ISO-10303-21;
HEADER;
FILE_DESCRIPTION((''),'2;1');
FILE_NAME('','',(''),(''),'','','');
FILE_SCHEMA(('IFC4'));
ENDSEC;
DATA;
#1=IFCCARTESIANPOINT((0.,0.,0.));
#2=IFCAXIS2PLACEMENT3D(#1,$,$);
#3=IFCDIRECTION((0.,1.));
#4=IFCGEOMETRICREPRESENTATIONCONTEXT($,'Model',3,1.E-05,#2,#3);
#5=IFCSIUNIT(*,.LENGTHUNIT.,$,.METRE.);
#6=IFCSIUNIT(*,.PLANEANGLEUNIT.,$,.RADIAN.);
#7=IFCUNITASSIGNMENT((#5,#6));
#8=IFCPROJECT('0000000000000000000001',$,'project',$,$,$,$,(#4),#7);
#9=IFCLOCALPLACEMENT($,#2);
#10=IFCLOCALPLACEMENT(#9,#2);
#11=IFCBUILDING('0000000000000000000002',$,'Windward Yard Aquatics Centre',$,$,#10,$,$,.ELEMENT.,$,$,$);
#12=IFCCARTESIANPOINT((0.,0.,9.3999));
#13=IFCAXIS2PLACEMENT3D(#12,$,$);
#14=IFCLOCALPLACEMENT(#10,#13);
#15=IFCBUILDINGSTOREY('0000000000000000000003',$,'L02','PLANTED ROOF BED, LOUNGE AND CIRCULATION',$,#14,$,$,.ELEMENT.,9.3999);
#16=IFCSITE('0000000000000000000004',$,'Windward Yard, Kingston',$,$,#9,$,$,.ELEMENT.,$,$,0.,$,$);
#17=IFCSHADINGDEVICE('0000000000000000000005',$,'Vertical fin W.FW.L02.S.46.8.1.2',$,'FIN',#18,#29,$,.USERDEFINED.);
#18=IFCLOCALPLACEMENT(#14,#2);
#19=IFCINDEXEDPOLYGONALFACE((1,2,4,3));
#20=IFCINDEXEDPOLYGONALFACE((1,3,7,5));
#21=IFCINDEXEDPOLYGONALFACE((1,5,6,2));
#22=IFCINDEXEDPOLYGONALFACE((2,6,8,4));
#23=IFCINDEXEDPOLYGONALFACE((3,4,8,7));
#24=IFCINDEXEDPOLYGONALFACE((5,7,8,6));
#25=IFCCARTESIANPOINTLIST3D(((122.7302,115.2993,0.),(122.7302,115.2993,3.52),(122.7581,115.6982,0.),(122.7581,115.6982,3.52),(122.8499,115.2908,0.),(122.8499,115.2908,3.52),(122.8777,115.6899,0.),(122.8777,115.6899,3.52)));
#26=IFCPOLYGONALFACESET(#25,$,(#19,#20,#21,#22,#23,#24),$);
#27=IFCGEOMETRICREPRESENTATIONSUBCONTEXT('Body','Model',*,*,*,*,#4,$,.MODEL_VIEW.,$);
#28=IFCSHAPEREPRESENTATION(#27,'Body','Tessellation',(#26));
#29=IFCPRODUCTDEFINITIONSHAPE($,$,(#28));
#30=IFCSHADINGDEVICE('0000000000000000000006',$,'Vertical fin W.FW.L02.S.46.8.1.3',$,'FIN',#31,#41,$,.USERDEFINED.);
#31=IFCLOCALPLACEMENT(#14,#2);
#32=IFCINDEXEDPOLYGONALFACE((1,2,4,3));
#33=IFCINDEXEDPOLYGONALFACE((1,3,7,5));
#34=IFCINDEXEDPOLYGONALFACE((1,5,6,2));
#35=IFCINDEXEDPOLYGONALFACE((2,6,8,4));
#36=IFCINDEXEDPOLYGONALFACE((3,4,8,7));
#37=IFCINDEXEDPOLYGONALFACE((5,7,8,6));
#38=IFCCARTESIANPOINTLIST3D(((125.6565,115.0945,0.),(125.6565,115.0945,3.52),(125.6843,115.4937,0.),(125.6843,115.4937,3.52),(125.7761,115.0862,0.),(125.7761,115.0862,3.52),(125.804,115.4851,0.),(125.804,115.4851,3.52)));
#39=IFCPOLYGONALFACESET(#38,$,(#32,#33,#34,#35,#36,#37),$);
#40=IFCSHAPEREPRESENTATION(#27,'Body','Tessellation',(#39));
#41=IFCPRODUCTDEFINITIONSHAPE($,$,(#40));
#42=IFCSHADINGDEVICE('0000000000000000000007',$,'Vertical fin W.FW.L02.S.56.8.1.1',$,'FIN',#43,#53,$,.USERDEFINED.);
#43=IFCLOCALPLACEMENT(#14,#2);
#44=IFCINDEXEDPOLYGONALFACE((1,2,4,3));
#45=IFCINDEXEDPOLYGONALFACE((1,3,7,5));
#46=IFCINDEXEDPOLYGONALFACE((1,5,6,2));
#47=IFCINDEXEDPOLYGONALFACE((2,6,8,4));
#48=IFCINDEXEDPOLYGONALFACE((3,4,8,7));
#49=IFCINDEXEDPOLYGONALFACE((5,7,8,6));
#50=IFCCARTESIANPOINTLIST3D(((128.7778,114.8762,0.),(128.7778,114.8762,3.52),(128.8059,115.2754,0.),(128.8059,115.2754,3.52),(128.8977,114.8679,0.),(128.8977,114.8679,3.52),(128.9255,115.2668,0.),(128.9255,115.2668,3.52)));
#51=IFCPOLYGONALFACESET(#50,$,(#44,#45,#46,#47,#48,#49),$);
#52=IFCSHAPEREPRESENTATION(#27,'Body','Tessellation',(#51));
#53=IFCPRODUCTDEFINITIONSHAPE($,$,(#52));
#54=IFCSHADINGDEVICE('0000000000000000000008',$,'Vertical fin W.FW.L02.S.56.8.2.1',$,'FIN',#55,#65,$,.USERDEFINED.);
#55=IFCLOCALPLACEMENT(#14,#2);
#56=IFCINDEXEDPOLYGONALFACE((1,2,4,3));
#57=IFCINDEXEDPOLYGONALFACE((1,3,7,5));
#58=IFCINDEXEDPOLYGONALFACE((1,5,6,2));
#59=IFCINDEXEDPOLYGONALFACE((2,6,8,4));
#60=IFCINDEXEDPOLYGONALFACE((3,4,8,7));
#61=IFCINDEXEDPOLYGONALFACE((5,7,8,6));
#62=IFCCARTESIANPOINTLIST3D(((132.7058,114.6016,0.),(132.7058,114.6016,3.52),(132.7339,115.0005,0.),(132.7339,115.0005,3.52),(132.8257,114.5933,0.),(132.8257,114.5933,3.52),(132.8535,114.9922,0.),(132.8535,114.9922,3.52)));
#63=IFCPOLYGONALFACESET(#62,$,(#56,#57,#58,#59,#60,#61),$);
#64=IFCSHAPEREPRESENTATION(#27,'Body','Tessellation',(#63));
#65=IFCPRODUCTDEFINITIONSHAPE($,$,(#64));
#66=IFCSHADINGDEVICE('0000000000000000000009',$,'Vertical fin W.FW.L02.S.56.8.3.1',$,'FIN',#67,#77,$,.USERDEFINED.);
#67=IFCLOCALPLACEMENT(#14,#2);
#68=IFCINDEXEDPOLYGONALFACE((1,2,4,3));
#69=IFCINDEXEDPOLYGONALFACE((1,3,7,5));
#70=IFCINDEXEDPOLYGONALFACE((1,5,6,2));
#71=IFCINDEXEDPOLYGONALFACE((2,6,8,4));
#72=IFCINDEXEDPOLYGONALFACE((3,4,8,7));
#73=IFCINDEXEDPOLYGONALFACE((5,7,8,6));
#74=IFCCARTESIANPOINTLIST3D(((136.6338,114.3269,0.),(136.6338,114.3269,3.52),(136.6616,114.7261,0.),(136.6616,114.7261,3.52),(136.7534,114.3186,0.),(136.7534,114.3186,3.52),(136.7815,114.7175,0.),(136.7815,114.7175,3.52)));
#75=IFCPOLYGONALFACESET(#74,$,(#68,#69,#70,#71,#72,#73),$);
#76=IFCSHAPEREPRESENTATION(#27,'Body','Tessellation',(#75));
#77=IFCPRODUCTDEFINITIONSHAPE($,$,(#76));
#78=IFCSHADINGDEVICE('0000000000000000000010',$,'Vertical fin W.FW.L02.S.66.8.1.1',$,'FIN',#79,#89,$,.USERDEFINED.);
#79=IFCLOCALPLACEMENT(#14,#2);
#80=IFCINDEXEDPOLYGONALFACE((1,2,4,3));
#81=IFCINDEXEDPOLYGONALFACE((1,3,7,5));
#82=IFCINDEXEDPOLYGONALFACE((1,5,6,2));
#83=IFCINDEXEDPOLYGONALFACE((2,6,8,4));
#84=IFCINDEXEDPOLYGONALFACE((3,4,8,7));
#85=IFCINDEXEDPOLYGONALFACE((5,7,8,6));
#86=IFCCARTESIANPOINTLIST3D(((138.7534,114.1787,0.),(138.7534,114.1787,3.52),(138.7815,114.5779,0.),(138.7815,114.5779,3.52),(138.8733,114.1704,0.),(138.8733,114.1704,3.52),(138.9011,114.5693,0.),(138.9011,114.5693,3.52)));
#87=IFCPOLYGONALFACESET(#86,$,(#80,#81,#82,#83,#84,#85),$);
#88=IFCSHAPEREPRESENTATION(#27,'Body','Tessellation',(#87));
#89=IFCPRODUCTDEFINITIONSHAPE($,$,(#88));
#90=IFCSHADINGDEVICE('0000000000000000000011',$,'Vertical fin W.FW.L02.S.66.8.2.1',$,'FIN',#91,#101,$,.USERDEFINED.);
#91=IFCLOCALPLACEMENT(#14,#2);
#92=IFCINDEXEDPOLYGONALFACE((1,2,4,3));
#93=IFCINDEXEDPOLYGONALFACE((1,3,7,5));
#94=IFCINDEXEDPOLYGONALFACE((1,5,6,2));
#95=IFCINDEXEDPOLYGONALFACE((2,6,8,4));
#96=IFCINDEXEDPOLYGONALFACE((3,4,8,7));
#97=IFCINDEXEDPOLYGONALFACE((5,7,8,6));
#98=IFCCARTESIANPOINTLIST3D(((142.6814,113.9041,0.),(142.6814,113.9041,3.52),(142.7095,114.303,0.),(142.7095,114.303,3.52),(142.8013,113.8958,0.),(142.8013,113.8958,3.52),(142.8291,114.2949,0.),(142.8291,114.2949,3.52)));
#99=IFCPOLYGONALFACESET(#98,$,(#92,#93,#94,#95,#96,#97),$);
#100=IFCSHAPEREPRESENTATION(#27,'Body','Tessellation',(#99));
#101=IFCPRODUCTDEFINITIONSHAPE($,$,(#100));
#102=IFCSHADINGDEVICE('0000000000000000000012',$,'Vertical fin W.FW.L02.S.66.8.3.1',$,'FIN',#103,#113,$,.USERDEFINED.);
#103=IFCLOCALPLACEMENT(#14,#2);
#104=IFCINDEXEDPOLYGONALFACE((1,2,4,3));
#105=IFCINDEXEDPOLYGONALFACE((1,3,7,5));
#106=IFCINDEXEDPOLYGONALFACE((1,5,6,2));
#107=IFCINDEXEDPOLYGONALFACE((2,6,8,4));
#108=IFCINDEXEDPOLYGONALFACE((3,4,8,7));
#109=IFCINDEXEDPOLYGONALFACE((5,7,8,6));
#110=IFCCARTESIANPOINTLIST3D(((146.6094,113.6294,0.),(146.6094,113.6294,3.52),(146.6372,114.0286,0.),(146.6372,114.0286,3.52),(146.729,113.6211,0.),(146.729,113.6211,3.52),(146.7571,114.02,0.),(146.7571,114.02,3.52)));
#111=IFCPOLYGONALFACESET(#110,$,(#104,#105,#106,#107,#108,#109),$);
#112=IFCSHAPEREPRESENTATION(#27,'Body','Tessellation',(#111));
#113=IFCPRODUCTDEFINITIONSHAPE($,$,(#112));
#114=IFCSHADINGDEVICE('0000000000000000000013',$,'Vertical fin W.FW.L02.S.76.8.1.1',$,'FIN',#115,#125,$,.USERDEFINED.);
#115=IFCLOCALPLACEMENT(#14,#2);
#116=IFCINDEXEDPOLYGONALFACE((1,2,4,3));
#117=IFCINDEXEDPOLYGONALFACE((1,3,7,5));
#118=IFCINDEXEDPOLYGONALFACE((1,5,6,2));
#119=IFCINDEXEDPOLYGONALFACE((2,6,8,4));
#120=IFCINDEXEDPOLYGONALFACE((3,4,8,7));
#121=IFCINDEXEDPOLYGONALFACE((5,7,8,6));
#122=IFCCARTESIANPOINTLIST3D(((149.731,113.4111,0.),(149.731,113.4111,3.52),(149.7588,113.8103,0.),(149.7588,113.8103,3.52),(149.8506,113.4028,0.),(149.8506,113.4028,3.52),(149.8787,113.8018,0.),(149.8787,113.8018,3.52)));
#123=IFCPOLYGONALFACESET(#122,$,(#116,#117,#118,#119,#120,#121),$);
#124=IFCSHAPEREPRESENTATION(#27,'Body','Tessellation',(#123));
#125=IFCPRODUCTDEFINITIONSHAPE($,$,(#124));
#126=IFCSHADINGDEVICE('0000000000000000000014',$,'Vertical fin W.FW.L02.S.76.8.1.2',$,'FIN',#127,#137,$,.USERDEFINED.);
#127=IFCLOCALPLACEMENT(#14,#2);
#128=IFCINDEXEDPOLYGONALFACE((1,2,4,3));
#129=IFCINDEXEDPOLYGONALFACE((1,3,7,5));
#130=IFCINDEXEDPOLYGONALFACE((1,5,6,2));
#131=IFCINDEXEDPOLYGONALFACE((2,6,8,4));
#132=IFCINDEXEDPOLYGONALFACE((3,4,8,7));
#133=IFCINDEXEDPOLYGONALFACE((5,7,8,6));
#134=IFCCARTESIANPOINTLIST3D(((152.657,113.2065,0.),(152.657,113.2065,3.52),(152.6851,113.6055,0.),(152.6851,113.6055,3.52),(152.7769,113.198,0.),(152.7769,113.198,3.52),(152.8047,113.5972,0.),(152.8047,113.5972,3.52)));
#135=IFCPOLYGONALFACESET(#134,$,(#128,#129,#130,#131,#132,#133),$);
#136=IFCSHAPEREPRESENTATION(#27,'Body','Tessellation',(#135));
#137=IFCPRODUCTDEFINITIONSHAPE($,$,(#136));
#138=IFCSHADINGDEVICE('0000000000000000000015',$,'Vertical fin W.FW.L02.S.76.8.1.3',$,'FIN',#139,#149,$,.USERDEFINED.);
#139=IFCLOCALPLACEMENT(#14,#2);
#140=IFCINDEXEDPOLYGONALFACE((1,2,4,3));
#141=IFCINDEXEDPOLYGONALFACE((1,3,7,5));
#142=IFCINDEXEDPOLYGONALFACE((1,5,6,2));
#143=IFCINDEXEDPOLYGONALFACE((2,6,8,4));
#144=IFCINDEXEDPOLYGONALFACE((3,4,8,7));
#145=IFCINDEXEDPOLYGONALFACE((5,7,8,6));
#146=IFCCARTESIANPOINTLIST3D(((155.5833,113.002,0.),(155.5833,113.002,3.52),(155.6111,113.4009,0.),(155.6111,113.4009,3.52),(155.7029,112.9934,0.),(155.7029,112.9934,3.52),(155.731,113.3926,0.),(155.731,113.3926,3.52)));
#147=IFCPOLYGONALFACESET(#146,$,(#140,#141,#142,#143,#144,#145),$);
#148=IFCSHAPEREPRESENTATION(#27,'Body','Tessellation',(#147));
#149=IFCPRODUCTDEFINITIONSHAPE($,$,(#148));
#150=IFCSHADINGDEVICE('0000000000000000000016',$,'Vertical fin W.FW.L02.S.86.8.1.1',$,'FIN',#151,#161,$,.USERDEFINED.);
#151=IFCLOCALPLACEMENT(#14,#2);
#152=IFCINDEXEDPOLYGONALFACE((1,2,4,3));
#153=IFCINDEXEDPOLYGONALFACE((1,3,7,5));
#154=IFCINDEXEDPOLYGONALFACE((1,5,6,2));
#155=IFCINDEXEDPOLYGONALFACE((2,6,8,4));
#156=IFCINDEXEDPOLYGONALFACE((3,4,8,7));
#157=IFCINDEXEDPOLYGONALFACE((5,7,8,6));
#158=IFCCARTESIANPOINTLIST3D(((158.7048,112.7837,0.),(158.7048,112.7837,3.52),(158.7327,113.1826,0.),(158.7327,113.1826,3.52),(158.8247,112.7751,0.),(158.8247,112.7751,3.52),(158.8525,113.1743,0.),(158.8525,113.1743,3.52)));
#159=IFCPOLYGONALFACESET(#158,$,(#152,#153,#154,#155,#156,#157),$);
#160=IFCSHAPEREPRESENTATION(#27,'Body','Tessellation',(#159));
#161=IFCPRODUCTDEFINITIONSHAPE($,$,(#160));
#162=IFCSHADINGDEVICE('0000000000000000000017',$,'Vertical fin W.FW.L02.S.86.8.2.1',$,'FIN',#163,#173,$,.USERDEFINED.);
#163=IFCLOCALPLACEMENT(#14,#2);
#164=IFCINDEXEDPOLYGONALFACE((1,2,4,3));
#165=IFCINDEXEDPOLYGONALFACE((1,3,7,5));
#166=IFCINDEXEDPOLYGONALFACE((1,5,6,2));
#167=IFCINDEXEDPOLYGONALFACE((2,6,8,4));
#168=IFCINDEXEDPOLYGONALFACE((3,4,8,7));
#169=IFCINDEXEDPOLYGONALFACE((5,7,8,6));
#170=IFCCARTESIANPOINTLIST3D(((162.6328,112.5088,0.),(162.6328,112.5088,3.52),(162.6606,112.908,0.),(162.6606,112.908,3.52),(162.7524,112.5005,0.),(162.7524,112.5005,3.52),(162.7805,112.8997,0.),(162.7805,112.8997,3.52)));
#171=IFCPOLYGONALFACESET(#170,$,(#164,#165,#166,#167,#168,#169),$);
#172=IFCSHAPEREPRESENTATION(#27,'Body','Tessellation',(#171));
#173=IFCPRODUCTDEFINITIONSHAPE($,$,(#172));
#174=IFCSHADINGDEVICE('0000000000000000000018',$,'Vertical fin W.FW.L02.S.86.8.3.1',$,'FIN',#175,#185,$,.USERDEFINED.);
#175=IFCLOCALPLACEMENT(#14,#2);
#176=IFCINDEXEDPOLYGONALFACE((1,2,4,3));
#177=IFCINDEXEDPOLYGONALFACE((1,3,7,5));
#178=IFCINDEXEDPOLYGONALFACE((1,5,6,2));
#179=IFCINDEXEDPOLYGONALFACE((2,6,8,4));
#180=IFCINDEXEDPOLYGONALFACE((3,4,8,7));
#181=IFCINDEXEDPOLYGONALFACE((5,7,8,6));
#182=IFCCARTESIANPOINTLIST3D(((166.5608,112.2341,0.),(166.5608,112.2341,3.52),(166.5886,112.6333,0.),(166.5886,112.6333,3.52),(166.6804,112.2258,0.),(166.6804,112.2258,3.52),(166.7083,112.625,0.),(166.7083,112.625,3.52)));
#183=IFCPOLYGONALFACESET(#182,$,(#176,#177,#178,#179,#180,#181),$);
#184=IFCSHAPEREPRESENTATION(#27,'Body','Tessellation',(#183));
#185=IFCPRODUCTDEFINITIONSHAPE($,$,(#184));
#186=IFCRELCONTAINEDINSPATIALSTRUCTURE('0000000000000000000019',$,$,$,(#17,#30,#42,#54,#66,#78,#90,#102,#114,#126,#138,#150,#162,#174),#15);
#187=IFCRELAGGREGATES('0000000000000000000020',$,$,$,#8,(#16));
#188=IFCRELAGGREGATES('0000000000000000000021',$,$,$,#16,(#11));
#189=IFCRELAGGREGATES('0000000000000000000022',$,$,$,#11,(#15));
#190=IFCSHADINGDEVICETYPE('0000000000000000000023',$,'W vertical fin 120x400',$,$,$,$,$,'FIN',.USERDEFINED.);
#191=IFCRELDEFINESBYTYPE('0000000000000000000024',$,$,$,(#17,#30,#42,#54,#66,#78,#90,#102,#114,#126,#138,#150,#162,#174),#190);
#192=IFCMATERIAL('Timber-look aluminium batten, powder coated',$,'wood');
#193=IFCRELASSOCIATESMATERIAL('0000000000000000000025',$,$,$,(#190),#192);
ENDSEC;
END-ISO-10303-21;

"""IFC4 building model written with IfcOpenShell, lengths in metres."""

from ifc_helpers import new_model, si_unit, direction, frame, origin, place, context, subcontext, project, spatial, polyline, outline, extrude, material, type_object, element, save


model = new_model("IFC4")

# Units and contexts
model_context = context("Model", 3, precision=1e-05, world=origin(), true_north=direction((0.0, 1.0)))
body_context = subcontext(model_context, "Body", "Model", "MODEL_VIEW")
ifc_project = project(units=[si_unit("LENGTHUNIT", "METRE"), si_unit("PLANEANGLEUNIT", "RADIAN")], contexts=[model_context])

# Site, building, storey
site_placement = place(None, origin())
site = spatial("IfcSite", under=ifc_project, at=site_placement, Name="Windward Yard, Kingston", CompositionType="ELEMENT", RefElevation=0.0)
building_placement = place(site_placement, origin())
building = spatial("IfcBuilding", under=site, at=building_placement, Name="Windward Yard Aquatics Centre", CompositionType="ELEMENT")
storey_placement = place(building_placement, frame((0.0, 0.0, 9.3999)))
storey = spatial("IfcBuildingStorey", under=building, at=storey_placement, Name="L02", Description="PLANTED ROOF BED, LOUNGE AND CIRCULATION", CompositionType="ELEMENT", Elevation=9.3999)

# Shading devices
ifc_material_1 = material(Name="Timber-look aluminium batten, powder coated", Category="wood")
shading_device_type = type_object("IfcShadingDeviceType", Name="W vertical fin 120x400", ElementType="FIN", PredefinedType="USERDEFINED", material=ifc_material_1)
shading_device_1_placement = place(storey_placement, origin())
element("IfcShadingDevice", 1, at=shading_device_1_placement, inside=storey, type_object=shading_device_type, Name="Vertical fin W.FW.L02.S.46.8.1.2", ObjectType="FIN", PredefinedType="USERDEFINED", context=body_context, shape_type="SweptSolid", body=[
    extrude(outline(polyline([(122.7302, 115.2993), (122.7581, 115.6982), (122.8777, 115.6899), (122.8499, 115.2908), (122.7302, 115.2993)])), origin(), (0.0, 0.0, 1.0), 3.52),
])
shading_device_2_placement = place(storey_placement, origin())
element("IfcShadingDevice", 2, at=shading_device_2_placement, inside=storey, type_object=shading_device_type, Name="Vertical fin W.FW.L02.S.46.8.1.3", ObjectType="FIN", PredefinedType="USERDEFINED", context=body_context, shape_type="SweptSolid", body=[
    extrude(outline(polyline([(125.6565, 115.0945), (125.6843, 115.4937), (125.804, 115.4851), (125.7761, 115.0862), (125.6565, 115.0945)])), origin(), (0.0, 0.0, 1.0), 3.52),
])
shading_device_3_placement = place(storey_placement, origin())
element("IfcShadingDevice", 3, at=shading_device_3_placement, inside=storey, type_object=shading_device_type, Name="Vertical fin W.FW.L02.S.56.8.1.1", ObjectType="FIN", PredefinedType="USERDEFINED", context=body_context, shape_type="SweptSolid", body=[
    extrude(outline(polyline([(128.7778, 114.8762), (128.8059, 115.2754), (128.9255, 115.2668), (128.8977, 114.8679), (128.7778, 114.8762)])), origin(), (0.0, 0.0, 1.0), 3.52),
])
shading_device_4_placement = place(storey_placement, origin())
element("IfcShadingDevice", 4, at=shading_device_4_placement, inside=storey, type_object=shading_device_type, Name="Vertical fin W.FW.L02.S.56.8.2.1", ObjectType="FIN", PredefinedType="USERDEFINED", context=body_context, shape_type="SweptSolid", body=[
    extrude(outline(polyline([(132.7058, 114.6016), (132.7339, 115.0005), (132.8535, 114.9922), (132.8257, 114.5933), (132.7058, 114.6016)])), origin(), (0.0, 0.0, 1.0), 3.52),
])
shading_device_5_placement = place(storey_placement, origin())
element("IfcShadingDevice", 5, at=shading_device_5_placement, inside=storey, type_object=shading_device_type, Name="Vertical fin W.FW.L02.S.56.8.3.1", ObjectType="FIN", PredefinedType="USERDEFINED", context=body_context, shape_type="SweptSolid", body=[
    extrude(outline(polyline([(136.6338, 114.3269), (136.6616, 114.7261), (136.7815, 114.7175), (136.7534, 114.3186), (136.6338, 114.3269)])), origin(), (0.0, 0.0, 1.0), 3.52),
])
shading_device_6_placement = place(storey_placement, origin())
element("IfcShadingDevice", 6, at=shading_device_6_placement, inside=storey, type_object=shading_device_type, Name="Vertical fin W.FW.L02.S.66.8.1.1", ObjectType="FIN", PredefinedType="USERDEFINED", context=body_context, shape_type="SweptSolid", body=[
    extrude(outline(polyline([(138.7534, 114.1787), (138.7815, 114.5779), (138.9011, 114.5693), (138.8733, 114.1704), (138.7534, 114.1787)])), origin(), (0.0, 0.0, 1.0), 3.52),
])
shading_device_7_placement = place(storey_placement, origin())
element("IfcShadingDevice", 7, at=shading_device_7_placement, inside=storey, type_object=shading_device_type, Name="Vertical fin W.FW.L02.S.66.8.2.1", ObjectType="FIN", PredefinedType="USERDEFINED", context=body_context, shape_type="SweptSolid", body=[
    extrude(outline(polyline([(142.6814, 113.9041), (142.7095, 114.303), (142.8291, 114.2949), (142.8013, 113.8958), (142.6814, 113.9041)])), origin(), (0.0, 0.0, 1.0), 3.52),
])
shading_device_8_placement = place(storey_placement, origin())
element("IfcShadingDevice", 8, at=shading_device_8_placement, inside=storey, type_object=shading_device_type, Name="Vertical fin W.FW.L02.S.66.8.3.1", ObjectType="FIN", PredefinedType="USERDEFINED", context=body_context, shape_type="SweptSolid", body=[
    extrude(outline(polyline([(146.6094, 113.6294), (146.6372, 114.0286), (146.7571, 114.02), (146.729, 113.6211), (146.6094, 113.6294)])), origin(), (0.0, 0.0, 1.0), 3.52),
])
shading_device_9_placement = place(storey_placement, origin())
element("IfcShadingDevice", 9, at=shading_device_9_placement, inside=storey, type_object=shading_device_type, Name="Vertical fin W.FW.L02.S.76.8.1.1", ObjectType="FIN", PredefinedType="USERDEFINED", context=body_context, shape_type="SweptSolid", body=[
    extrude(outline(polyline([(149.731, 113.4111), (149.7588, 113.8103), (149.8787, 113.8018), (149.8506, 113.4028), (149.731, 113.4111)])), origin(), (0.0, 0.0, 1.0), 3.52),
])
shading_device_10_placement = place(storey_placement, origin())
element("IfcShadingDevice", 10, at=shading_device_10_placement, inside=storey, type_object=shading_device_type, Name="Vertical fin W.FW.L02.S.76.8.1.2", ObjectType="FIN", PredefinedType="USERDEFINED", context=body_context, shape_type="SweptSolid", body=[
    extrude(outline(polyline([(152.657, 113.2065), (152.6851, 113.6055), (152.8047, 113.5972), (152.7769, 113.198), (152.657, 113.2065)])), origin(), (0.0, 0.0, 1.0), 3.52),
])
shading_device_11_placement = place(storey_placement, origin())
element("IfcShadingDevice", 11, at=shading_device_11_placement, inside=storey, type_object=shading_device_type, Name="Vertical fin W.FW.L02.S.76.8.1.3", ObjectType="FIN", PredefinedType="USERDEFINED", context=body_context, shape_type="SweptSolid", body=[
    extrude(outline(polyline([(155.5833, 113.002), (155.6111, 113.4009), (155.731, 113.3926), (155.7029, 112.9934), (155.5833, 113.002)])), origin(), (0.0, 0.0, 1.0), 3.52),
])
shading_device_12_placement = place(storey_placement, origin())
element("IfcShadingDevice", 12, at=shading_device_12_placement, inside=storey, type_object=shading_device_type, Name="Vertical fin W.FW.L02.S.86.8.1.1", ObjectType="FIN", PredefinedType="USERDEFINED", context=body_context, shape_type="SweptSolid", body=[
    extrude(outline(polyline([(158.7048, 112.7837), (158.7327, 113.1826), (158.8525, 113.1743), (158.8247, 112.7751), (158.7048, 112.7837)])), origin(), (0.0, 0.0, 1.0), 3.52),
])
shading_device_13_placement = place(storey_placement, origin())
element("IfcShadingDevice", 13, at=shading_device_13_placement, inside=storey, type_object=shading_device_type, Name="Vertical fin W.FW.L02.S.86.8.2.1", ObjectType="FIN", PredefinedType="USERDEFINED", context=body_context, shape_type="SweptSolid", body=[
    extrude(outline(polyline([(162.6328, 112.5088), (162.6606, 112.908), (162.7805, 112.8997), (162.7524, 112.5005), (162.6328, 112.5088)])), origin(), (0.0, 0.0, 1.0), 3.52),
])
shading_device_14_placement = place(storey_placement, origin())
element("IfcShadingDevice", 14, at=shading_device_14_placement, inside=storey, type_object=shading_device_type, Name="Vertical fin W.FW.L02.S.86.8.3.1", ObjectType="FIN", PredefinedType="USERDEFINED", context=body_context, shape_type="SweptSolid", body=[
    extrude(outline(polyline([(166.5608, 112.2341), (166.5886, 112.6333), (166.7083, 112.625), (166.6804, 112.2258), (166.5608, 112.2341)])), origin(), (0.0, 0.0, 1.0), 3.52),
])

save(model, "model.ifc")
